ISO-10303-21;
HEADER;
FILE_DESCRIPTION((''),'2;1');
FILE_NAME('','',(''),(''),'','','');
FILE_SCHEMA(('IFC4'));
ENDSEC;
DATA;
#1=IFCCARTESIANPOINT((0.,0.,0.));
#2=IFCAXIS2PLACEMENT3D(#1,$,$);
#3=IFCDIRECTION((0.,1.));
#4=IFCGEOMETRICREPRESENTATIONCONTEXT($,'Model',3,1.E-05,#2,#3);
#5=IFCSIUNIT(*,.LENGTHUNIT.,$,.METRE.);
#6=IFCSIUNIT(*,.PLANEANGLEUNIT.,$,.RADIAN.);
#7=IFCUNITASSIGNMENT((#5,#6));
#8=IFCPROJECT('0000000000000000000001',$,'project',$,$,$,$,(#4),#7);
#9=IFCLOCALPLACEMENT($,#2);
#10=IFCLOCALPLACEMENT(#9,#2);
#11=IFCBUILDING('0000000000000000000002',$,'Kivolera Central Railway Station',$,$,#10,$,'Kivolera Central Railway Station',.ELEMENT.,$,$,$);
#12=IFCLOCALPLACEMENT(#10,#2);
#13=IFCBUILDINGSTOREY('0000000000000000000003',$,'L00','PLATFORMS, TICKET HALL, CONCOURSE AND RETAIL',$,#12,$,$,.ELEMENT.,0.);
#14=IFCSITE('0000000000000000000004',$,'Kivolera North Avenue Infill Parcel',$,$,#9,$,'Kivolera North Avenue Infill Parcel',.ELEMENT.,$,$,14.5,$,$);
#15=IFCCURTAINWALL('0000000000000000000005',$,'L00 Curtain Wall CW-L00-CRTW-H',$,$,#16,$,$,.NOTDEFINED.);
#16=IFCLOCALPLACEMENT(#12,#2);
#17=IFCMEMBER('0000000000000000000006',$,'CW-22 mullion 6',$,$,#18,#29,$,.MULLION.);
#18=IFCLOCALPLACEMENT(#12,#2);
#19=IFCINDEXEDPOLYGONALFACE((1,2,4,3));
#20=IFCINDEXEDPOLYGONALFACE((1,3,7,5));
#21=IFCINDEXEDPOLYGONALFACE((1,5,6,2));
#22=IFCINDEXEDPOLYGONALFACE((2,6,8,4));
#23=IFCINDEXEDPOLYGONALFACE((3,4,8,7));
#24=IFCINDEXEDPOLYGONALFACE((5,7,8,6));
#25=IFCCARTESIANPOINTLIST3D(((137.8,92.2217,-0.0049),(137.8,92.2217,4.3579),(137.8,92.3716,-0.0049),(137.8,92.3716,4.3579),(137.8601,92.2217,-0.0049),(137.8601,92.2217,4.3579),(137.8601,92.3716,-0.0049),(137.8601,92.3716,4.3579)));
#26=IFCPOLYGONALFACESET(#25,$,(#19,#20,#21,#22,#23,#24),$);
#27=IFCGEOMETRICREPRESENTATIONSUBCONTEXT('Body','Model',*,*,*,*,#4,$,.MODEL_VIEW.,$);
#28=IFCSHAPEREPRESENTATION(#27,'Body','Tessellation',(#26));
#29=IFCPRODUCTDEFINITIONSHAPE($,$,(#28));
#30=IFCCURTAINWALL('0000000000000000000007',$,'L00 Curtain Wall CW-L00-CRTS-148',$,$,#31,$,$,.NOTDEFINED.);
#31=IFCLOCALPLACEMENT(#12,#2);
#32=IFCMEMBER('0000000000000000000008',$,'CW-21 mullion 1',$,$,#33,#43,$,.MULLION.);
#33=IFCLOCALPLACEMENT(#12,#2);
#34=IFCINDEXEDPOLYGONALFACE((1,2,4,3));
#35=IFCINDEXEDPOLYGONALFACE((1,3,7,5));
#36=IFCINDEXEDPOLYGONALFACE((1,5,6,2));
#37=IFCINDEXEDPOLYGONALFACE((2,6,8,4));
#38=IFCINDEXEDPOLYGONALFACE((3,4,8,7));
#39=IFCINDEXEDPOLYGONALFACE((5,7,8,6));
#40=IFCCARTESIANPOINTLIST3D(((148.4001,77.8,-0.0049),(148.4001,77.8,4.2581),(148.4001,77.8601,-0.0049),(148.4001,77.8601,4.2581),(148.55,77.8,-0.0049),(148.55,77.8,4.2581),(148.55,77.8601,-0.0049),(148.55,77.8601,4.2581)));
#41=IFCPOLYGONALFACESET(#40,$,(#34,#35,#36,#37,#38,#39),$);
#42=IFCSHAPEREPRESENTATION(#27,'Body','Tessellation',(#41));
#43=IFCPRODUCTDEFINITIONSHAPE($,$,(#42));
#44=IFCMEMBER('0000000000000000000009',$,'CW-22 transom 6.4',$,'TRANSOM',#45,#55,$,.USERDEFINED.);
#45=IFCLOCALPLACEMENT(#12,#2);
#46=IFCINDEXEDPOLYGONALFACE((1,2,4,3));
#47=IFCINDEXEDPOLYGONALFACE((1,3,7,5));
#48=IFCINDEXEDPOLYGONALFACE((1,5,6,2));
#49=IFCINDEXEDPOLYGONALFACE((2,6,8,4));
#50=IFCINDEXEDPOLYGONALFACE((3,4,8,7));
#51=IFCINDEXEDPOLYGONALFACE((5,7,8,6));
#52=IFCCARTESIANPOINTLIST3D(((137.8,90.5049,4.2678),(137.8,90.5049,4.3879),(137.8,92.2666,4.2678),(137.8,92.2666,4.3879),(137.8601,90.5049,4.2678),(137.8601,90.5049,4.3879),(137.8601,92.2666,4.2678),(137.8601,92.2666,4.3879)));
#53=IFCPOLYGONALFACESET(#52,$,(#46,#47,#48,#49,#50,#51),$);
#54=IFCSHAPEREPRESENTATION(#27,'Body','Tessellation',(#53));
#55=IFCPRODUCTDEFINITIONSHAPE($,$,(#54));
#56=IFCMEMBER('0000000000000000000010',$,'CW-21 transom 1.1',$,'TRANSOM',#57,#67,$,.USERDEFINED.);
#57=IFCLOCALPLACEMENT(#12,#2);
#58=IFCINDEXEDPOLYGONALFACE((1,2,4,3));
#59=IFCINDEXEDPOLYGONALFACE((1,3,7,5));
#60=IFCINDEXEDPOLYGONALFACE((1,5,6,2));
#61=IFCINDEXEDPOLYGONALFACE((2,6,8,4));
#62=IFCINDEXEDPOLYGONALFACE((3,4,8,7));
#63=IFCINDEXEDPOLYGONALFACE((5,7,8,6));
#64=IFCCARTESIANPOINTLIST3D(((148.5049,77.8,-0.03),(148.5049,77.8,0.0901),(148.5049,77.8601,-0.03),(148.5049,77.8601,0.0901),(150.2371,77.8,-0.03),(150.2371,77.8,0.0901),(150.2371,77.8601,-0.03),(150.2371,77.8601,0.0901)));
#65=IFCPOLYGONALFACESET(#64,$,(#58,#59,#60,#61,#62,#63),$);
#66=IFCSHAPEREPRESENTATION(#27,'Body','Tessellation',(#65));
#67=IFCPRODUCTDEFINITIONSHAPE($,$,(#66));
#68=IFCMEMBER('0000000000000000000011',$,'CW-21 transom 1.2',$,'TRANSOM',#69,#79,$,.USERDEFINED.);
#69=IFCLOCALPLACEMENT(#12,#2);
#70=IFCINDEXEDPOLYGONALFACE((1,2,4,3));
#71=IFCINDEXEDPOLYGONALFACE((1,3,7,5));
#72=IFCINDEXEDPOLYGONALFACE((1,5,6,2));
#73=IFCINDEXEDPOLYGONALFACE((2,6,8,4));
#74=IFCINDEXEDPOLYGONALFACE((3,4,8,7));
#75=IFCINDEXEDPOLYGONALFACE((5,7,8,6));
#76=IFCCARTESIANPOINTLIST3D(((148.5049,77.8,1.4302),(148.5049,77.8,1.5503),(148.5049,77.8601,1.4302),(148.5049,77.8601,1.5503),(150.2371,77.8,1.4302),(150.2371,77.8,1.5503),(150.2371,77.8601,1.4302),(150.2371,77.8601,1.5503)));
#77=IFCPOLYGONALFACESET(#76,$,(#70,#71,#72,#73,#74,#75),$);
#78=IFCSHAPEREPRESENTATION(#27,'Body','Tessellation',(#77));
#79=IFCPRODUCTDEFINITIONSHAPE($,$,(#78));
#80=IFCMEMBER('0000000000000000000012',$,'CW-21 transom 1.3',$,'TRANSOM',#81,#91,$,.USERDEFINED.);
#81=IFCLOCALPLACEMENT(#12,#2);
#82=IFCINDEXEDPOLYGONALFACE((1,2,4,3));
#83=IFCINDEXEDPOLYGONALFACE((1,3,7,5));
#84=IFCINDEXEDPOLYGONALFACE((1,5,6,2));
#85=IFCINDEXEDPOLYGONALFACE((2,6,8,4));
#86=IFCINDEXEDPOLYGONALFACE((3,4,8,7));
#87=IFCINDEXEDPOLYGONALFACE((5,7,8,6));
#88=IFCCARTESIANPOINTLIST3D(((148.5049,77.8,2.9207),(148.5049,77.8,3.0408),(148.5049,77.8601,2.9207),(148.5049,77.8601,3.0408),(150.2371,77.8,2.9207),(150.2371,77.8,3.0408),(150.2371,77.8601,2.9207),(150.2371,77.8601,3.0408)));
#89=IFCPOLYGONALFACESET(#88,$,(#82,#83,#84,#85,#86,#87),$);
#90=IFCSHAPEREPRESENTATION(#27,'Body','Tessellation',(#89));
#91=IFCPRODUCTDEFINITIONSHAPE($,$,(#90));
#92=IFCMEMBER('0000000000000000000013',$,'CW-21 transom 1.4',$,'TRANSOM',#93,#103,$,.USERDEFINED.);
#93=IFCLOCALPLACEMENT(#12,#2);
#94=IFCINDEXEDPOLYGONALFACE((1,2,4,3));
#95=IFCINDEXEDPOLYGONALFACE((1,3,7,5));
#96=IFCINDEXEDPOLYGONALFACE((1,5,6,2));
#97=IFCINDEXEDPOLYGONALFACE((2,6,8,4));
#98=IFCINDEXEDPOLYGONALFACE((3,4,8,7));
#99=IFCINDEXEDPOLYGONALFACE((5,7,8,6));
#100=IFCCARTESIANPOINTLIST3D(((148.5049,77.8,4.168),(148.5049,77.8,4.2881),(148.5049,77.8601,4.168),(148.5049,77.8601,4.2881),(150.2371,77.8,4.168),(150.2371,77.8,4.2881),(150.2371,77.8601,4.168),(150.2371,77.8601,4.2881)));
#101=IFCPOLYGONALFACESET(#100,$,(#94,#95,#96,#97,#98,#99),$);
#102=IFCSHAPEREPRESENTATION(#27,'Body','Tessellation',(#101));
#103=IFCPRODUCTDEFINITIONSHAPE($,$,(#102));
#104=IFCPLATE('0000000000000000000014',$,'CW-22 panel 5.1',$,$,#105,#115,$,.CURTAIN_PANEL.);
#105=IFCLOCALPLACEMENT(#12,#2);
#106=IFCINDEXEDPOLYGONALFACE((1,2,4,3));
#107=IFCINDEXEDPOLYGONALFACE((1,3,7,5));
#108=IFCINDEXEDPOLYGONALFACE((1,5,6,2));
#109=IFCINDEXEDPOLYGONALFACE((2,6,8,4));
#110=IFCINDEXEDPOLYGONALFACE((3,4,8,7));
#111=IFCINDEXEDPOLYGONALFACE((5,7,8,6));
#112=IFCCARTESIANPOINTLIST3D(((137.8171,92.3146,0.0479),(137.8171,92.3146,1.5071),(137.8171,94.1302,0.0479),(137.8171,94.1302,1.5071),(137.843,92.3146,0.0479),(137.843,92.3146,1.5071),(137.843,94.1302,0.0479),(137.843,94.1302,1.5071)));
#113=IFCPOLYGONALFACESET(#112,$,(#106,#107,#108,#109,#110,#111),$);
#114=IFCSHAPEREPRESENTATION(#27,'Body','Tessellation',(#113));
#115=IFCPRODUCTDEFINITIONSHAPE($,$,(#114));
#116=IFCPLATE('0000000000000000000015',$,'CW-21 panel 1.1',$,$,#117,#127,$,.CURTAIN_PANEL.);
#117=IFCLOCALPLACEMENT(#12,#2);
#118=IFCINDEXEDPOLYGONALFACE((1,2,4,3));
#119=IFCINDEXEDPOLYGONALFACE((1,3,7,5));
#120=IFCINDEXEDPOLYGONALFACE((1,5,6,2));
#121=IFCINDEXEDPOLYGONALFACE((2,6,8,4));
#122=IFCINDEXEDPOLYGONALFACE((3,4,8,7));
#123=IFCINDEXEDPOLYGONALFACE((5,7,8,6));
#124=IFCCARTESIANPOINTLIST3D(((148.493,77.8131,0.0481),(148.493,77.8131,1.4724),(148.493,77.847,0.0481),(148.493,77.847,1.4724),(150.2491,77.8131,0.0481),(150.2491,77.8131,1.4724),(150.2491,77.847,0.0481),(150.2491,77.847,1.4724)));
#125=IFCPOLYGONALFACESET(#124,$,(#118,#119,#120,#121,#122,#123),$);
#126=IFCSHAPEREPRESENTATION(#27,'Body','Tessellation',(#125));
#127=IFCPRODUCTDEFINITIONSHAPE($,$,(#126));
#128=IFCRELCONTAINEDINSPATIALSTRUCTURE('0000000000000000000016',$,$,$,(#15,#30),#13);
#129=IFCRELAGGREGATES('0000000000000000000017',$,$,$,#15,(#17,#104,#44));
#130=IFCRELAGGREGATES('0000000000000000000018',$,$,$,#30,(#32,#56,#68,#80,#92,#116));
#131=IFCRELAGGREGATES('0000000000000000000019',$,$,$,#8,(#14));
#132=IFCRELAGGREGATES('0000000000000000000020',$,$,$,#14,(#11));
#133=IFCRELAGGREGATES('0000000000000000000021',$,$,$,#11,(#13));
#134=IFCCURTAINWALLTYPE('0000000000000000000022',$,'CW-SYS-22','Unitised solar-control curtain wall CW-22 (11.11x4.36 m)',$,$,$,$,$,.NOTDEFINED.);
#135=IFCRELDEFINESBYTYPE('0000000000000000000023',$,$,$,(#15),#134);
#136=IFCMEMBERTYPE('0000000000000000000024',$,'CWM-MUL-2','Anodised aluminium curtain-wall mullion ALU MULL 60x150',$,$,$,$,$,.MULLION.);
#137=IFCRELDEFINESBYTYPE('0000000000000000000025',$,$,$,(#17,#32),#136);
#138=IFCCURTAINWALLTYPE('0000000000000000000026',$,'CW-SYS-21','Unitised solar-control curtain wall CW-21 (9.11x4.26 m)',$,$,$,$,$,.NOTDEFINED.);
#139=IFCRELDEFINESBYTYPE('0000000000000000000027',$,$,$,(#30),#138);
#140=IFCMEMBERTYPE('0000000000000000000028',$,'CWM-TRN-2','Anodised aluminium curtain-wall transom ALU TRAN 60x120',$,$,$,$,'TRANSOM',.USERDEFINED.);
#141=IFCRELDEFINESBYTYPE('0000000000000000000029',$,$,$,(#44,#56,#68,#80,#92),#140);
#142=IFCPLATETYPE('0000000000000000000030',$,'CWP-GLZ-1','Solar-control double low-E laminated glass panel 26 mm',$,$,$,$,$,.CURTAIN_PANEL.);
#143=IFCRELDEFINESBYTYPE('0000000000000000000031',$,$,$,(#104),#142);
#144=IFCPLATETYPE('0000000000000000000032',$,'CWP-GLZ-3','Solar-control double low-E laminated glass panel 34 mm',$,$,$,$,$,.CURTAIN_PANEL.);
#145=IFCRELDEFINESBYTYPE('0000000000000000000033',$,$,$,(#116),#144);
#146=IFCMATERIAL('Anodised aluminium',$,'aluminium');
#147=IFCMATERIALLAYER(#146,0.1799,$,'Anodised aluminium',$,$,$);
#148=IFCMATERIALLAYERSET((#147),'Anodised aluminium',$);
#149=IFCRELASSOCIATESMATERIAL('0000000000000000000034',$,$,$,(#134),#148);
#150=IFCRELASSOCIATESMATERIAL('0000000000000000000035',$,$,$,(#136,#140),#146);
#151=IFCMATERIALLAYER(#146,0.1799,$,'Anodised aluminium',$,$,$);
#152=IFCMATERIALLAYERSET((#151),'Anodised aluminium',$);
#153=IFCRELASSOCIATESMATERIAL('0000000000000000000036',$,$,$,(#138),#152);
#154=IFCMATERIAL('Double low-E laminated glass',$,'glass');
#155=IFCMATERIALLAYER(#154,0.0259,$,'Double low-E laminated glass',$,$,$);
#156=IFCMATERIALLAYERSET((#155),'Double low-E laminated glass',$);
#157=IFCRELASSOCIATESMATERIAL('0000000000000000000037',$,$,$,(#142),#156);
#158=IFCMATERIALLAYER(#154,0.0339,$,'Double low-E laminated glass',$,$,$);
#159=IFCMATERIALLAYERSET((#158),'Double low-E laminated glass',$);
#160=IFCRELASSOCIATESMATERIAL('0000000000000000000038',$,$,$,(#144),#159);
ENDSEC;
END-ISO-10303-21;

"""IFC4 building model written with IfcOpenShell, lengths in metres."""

from ifc_helpers import new_model, si_unit, direction, frame, origin, origin_2d, place, context, subcontext, project, spatial, rectangle, extrude, material, layer, layer_set, material_profile, profile_set, type_object, element, aggregate, save


model = new_model("IFC4")

# Units and contexts
model_context = context("Model", 3, precision=1e-05, world=origin(), true_north=direction((0.0, 1.0)))
body_context = subcontext(model_context, "Body", "Model", "MODEL_VIEW")
ifc_project = project(units=[si_unit("LENGTHUNIT", "METRE"), si_unit("PLANEANGLEUNIT", "RADIAN")], contexts=[model_context])

# Site, building, storey
site_placement = place(None, origin())
site = spatial("IfcSite", under=ifc_project, at=site_placement, Name="Kivolera North Avenue Infill Parcel", LongName="Kivolera North Avenue Infill Parcel", CompositionType="ELEMENT", RefElevation=14.5)
building_placement = place(site_placement, origin())
building = spatial("IfcBuilding", under=site, at=building_placement, Name="Kivolera Central Railway Station", LongName="Kivolera Central Railway Station", CompositionType="ELEMENT")
storey_placement = place(building_placement, origin())
storey = spatial("IfcBuildingStorey", under=building, at=storey_placement, Name="L00", Description="PLATFORMS, TICKET HALL, CONCOURSE AND RETAIL", CompositionType="ELEMENT", Elevation=0.0)

# Curtain walls, members
ifc_material_1 = material(Name="Anodised aluminium", Category="aluminium")
ifc_layer_1 = layer(ifc_material_1, 0.1799, Name="Anodised aluminium")
ifc_layer_set_1 = layer_set([ifc_layer_1], Name="Anodised aluminium")
curtain_wall_type_1 = type_object("IfcCurtainWallType", Name="CW-SYS-22", Description="Unitised solar-control curtain wall CW-22 (11.11x4.36 m)", PredefinedType="NOTDEFINED", material=ifc_layer_set_1)
curtain_wall_1_placement = place(storey_placement, origin())
curtain_wall_1 = element("IfcCurtainWall", 1, at=curtain_wall_1_placement, inside=storey, type_object=curtain_wall_type_1, Name="L00 Curtain Wall CW-L00-CRTW-H", PredefinedType="NOTDEFINED")
ifc_material_profile_1 = material_profile(ifc_material_1, rectangle(XDim=0.0601, YDim=0.1499, at=origin_2d()), Name="ALU MULL 60x150")
ifc_profile_set_1 = profile_set([ifc_material_profile_1], Name="Anodised aluminium")
member_type_1 = type_object("IfcMemberType", Name="CWM-MUL-2", Description="Anodised aluminium curtain-wall mullion ALU MULL 60x150", PredefinedType="MULLION", material=ifc_profile_set_1)
member_1_placement = place(storey_placement, frame((137.8301, 92.2966, -0.0049), z_axis=(0.0, 0.0, 1.0), x_axis=(1.0, 0.0, 0.0)))
member_1 = element("IfcMember", 2, at=member_1_placement, type_object=member_type_1, Name="CW-22 mullion 6", PredefinedType="MULLION", context=body_context, shape_type="SweptSolid", body=[
    extrude(rectangle(XDim=0.0601, YDim=0.1499, at=origin_2d()), origin(), (0.0, 0.0, 1.0), 4.3628),
])
ifc_layer_2 = layer(ifc_material_1, 0.1799, Name="Anodised aluminium")
ifc_layer_set_2 = layer_set([ifc_layer_2], Name="Anodised aluminium")
curtain_wall_type_2 = type_object("IfcCurtainWallType", Name="CW-SYS-21", Description="Unitised solar-control curtain wall CW-21 (9.11x4.26 m)", PredefinedType="NOTDEFINED", material=ifc_layer_set_2)
curtain_wall_2_placement = place(storey_placement, origin())
curtain_wall_2 = element("IfcCurtainWall", 3, at=curtain_wall_2_placement, inside=storey, type_object=curtain_wall_type_2, Name="L00 Curtain Wall CW-L00-CRTS-148", PredefinedType="NOTDEFINED")
member_2_placement = place(storey_placement, frame((148.4751, 77.8301, -0.0049), z_axis=(0.0, 0.0, 1.0), x_axis=(0.0, 1.0, 0.0)))
member_2 = element("IfcMember", 4, at=member_2_placement, type_object=member_type_1, Name="CW-21 mullion 1", PredefinedType="MULLION", context=body_context, shape_type="SweptSolid", body=[
    extrude(rectangle(XDim=0.0601, YDim=0.1499, at=origin_2d()), origin(), (0.0, 0.0, 1.0), 4.2629),
])

# Members
ifc_material_profile_2 = material_profile(ifc_material_1, rectangle(XDim=0.0601, YDim=0.1201, at=origin_2d()), Name="ALU TRAN 60x120")
ifc_profile_set_2 = profile_set([ifc_material_profile_2], Name="Anodised aluminium")
member_type_2 = type_object("IfcMemberType", Name="CWM-TRN-2", Description="Anodised aluminium curtain-wall transom ALU TRAN 60x120", ElementType="TRANSOM", PredefinedType="USERDEFINED", material=ifc_profile_set_2)
member_3_placement = place(storey_placement, frame((137.8301, 92.2666, 4.3279), z_axis=(0.0, -1.0, 0.0), x_axis=(1.0, 0.0, 0.0)))
member_3 = element("IfcMember", 5, at=member_3_placement, type_object=member_type_2, Name="CW-22 transom 6.4", ObjectType="TRANSOM", PredefinedType="USERDEFINED", context=body_context, shape_type="SweptSolid", body=[
    extrude(rectangle(XDim=0.0601, YDim=0.1201, at=origin_2d()), origin(), (0.0, 0.0, 1.0), 1.7617),
])
member_4_placement = place(storey_placement, frame((148.5049, 77.8301, 0.03), z_axis=(1.0, 0.0, 0.0), x_axis=(0.0, 1.0, 0.0)))
member_4 = element("IfcMember", 6, at=member_4_placement, type_object=member_type_2, Name="CW-21 transom 1.1", ObjectType="TRANSOM", PredefinedType="USERDEFINED", context=body_context, shape_type="SweptSolid", body=[
    extrude(rectangle(XDim=0.0601, YDim=0.1201, at=origin_2d()), origin(), (0.0, 0.0, 1.0), 1.7322),
])
member_5_placement = place(storey_placement, frame((148.5049, 77.8301, 1.4902), z_axis=(1.0, 0.0, 0.0), x_axis=(0.0, 1.0, 0.0)))
member_5 = element("IfcMember", 7, at=member_5_placement, type_object=member_type_2, Name="CW-21 transom 1.2", ObjectType="TRANSOM", PredefinedType="USERDEFINED", context=body_context, shape_type="SweptSolid", body=[
    extrude(rectangle(XDim=0.0601, YDim=0.1201, at=origin_2d()), origin(), (0.0, 0.0, 1.0), 1.7322),
])
member_6_placement = place(storey_placement, frame((148.5049, 77.8301, 2.9807), z_axis=(1.0, 0.0, 0.0), x_axis=(0.0, 1.0, 0.0)))
member_6 = element("IfcMember", 8, at=member_6_placement, type_object=member_type_2, Name="CW-21 transom 1.3", ObjectType="TRANSOM", PredefinedType="USERDEFINED", context=body_context, shape_type="SweptSolid", body=[
    extrude(rectangle(XDim=0.0601, YDim=0.1201, at=origin_2d()), origin(), (0.0, 0.0, 1.0), 1.7322),
])
member_7_placement = place(storey_placement, frame((148.5049, 77.8301, 4.228), z_axis=(1.0, 0.0, 0.0), x_axis=(0.0, 1.0, 0.0)))
member_7 = element("IfcMember", 9, at=member_7_placement, type_object=member_type_2, Name="CW-21 transom 1.4", ObjectType="TRANSOM", PredefinedType="USERDEFINED", context=body_context, shape_type="SweptSolid", body=[
    extrude(rectangle(XDim=0.0601, YDim=0.1201, at=origin_2d()), origin(), (0.0, 0.0, 1.0), 1.7322),
])

# Plates
ifc_material_2 = material(Name="Double low-E laminated glass", Category="glass")
ifc_layer_3 = layer(ifc_material_2, 0.0259, Name="Double low-E laminated glass")
ifc_layer_set_3 = layer_set([ifc_layer_3], Name="Double low-E laminated glass")
plate_type_1 = type_object("IfcPlateType", Name="CWP-GLZ-1", Description="Solar-control double low-E laminated glass panel 26 mm", PredefinedType="CURTAIN_PANEL", material=ifc_layer_set_3)
plate_1_placement = place(storey_placement, frame((137.8301, 93.2224, 0.0479), z_axis=(0.0, 0.0, 1.0), x_axis=(0.0, -1.0, 0.0)))
plate_1 = element("IfcPlate", 10, at=plate_1_placement, type_object=plate_type_1, Name="CW-22 panel 5.1", PredefinedType="CURTAIN_PANEL", context=body_context, shape_type="SweptSolid", body=[
    extrude(rectangle(XDim=1.8157, YDim=0.0259, at=origin_2d()), origin(), (0.0, 0.0, 1.0), 1.4592),
])
aggregate(curtain_wall_1, [member_1, plate_1, member_3])
ifc_layer_4 = layer(ifc_material_2, 0.0339, Name="Double low-E laminated glass")
ifc_layer_set_4 = layer_set([ifc_layer_4], Name="Double low-E laminated glass")
plate_type_2 = type_object("IfcPlateType", Name="CWP-GLZ-3", Description="Solar-control double low-E laminated glass panel 34 mm", PredefinedType="CURTAIN_PANEL", material=ifc_layer_set_4)
plate_2_placement = place(storey_placement, frame((149.3711, 77.8301, 0.0481), z_axis=(0.0, 0.0, 1.0), x_axis=(1.0, 0.0, 0.0)))
plate_2 = element("IfcPlate", 11, at=plate_2_placement, type_object=plate_type_2, Name="CW-21 panel 1.1", PredefinedType="CURTAIN_PANEL", context=body_context, shape_type="SweptSolid", body=[
    extrude(rectangle(XDim=1.7561, YDim=0.0339, at=origin_2d()), origin(), (0.0, 0.0, 1.0), 1.4243),
])
aggregate(curtain_wall_2, [member_2, member_4, member_5, member_6, member_7, plate_2])

save(model, "model.ifc")
